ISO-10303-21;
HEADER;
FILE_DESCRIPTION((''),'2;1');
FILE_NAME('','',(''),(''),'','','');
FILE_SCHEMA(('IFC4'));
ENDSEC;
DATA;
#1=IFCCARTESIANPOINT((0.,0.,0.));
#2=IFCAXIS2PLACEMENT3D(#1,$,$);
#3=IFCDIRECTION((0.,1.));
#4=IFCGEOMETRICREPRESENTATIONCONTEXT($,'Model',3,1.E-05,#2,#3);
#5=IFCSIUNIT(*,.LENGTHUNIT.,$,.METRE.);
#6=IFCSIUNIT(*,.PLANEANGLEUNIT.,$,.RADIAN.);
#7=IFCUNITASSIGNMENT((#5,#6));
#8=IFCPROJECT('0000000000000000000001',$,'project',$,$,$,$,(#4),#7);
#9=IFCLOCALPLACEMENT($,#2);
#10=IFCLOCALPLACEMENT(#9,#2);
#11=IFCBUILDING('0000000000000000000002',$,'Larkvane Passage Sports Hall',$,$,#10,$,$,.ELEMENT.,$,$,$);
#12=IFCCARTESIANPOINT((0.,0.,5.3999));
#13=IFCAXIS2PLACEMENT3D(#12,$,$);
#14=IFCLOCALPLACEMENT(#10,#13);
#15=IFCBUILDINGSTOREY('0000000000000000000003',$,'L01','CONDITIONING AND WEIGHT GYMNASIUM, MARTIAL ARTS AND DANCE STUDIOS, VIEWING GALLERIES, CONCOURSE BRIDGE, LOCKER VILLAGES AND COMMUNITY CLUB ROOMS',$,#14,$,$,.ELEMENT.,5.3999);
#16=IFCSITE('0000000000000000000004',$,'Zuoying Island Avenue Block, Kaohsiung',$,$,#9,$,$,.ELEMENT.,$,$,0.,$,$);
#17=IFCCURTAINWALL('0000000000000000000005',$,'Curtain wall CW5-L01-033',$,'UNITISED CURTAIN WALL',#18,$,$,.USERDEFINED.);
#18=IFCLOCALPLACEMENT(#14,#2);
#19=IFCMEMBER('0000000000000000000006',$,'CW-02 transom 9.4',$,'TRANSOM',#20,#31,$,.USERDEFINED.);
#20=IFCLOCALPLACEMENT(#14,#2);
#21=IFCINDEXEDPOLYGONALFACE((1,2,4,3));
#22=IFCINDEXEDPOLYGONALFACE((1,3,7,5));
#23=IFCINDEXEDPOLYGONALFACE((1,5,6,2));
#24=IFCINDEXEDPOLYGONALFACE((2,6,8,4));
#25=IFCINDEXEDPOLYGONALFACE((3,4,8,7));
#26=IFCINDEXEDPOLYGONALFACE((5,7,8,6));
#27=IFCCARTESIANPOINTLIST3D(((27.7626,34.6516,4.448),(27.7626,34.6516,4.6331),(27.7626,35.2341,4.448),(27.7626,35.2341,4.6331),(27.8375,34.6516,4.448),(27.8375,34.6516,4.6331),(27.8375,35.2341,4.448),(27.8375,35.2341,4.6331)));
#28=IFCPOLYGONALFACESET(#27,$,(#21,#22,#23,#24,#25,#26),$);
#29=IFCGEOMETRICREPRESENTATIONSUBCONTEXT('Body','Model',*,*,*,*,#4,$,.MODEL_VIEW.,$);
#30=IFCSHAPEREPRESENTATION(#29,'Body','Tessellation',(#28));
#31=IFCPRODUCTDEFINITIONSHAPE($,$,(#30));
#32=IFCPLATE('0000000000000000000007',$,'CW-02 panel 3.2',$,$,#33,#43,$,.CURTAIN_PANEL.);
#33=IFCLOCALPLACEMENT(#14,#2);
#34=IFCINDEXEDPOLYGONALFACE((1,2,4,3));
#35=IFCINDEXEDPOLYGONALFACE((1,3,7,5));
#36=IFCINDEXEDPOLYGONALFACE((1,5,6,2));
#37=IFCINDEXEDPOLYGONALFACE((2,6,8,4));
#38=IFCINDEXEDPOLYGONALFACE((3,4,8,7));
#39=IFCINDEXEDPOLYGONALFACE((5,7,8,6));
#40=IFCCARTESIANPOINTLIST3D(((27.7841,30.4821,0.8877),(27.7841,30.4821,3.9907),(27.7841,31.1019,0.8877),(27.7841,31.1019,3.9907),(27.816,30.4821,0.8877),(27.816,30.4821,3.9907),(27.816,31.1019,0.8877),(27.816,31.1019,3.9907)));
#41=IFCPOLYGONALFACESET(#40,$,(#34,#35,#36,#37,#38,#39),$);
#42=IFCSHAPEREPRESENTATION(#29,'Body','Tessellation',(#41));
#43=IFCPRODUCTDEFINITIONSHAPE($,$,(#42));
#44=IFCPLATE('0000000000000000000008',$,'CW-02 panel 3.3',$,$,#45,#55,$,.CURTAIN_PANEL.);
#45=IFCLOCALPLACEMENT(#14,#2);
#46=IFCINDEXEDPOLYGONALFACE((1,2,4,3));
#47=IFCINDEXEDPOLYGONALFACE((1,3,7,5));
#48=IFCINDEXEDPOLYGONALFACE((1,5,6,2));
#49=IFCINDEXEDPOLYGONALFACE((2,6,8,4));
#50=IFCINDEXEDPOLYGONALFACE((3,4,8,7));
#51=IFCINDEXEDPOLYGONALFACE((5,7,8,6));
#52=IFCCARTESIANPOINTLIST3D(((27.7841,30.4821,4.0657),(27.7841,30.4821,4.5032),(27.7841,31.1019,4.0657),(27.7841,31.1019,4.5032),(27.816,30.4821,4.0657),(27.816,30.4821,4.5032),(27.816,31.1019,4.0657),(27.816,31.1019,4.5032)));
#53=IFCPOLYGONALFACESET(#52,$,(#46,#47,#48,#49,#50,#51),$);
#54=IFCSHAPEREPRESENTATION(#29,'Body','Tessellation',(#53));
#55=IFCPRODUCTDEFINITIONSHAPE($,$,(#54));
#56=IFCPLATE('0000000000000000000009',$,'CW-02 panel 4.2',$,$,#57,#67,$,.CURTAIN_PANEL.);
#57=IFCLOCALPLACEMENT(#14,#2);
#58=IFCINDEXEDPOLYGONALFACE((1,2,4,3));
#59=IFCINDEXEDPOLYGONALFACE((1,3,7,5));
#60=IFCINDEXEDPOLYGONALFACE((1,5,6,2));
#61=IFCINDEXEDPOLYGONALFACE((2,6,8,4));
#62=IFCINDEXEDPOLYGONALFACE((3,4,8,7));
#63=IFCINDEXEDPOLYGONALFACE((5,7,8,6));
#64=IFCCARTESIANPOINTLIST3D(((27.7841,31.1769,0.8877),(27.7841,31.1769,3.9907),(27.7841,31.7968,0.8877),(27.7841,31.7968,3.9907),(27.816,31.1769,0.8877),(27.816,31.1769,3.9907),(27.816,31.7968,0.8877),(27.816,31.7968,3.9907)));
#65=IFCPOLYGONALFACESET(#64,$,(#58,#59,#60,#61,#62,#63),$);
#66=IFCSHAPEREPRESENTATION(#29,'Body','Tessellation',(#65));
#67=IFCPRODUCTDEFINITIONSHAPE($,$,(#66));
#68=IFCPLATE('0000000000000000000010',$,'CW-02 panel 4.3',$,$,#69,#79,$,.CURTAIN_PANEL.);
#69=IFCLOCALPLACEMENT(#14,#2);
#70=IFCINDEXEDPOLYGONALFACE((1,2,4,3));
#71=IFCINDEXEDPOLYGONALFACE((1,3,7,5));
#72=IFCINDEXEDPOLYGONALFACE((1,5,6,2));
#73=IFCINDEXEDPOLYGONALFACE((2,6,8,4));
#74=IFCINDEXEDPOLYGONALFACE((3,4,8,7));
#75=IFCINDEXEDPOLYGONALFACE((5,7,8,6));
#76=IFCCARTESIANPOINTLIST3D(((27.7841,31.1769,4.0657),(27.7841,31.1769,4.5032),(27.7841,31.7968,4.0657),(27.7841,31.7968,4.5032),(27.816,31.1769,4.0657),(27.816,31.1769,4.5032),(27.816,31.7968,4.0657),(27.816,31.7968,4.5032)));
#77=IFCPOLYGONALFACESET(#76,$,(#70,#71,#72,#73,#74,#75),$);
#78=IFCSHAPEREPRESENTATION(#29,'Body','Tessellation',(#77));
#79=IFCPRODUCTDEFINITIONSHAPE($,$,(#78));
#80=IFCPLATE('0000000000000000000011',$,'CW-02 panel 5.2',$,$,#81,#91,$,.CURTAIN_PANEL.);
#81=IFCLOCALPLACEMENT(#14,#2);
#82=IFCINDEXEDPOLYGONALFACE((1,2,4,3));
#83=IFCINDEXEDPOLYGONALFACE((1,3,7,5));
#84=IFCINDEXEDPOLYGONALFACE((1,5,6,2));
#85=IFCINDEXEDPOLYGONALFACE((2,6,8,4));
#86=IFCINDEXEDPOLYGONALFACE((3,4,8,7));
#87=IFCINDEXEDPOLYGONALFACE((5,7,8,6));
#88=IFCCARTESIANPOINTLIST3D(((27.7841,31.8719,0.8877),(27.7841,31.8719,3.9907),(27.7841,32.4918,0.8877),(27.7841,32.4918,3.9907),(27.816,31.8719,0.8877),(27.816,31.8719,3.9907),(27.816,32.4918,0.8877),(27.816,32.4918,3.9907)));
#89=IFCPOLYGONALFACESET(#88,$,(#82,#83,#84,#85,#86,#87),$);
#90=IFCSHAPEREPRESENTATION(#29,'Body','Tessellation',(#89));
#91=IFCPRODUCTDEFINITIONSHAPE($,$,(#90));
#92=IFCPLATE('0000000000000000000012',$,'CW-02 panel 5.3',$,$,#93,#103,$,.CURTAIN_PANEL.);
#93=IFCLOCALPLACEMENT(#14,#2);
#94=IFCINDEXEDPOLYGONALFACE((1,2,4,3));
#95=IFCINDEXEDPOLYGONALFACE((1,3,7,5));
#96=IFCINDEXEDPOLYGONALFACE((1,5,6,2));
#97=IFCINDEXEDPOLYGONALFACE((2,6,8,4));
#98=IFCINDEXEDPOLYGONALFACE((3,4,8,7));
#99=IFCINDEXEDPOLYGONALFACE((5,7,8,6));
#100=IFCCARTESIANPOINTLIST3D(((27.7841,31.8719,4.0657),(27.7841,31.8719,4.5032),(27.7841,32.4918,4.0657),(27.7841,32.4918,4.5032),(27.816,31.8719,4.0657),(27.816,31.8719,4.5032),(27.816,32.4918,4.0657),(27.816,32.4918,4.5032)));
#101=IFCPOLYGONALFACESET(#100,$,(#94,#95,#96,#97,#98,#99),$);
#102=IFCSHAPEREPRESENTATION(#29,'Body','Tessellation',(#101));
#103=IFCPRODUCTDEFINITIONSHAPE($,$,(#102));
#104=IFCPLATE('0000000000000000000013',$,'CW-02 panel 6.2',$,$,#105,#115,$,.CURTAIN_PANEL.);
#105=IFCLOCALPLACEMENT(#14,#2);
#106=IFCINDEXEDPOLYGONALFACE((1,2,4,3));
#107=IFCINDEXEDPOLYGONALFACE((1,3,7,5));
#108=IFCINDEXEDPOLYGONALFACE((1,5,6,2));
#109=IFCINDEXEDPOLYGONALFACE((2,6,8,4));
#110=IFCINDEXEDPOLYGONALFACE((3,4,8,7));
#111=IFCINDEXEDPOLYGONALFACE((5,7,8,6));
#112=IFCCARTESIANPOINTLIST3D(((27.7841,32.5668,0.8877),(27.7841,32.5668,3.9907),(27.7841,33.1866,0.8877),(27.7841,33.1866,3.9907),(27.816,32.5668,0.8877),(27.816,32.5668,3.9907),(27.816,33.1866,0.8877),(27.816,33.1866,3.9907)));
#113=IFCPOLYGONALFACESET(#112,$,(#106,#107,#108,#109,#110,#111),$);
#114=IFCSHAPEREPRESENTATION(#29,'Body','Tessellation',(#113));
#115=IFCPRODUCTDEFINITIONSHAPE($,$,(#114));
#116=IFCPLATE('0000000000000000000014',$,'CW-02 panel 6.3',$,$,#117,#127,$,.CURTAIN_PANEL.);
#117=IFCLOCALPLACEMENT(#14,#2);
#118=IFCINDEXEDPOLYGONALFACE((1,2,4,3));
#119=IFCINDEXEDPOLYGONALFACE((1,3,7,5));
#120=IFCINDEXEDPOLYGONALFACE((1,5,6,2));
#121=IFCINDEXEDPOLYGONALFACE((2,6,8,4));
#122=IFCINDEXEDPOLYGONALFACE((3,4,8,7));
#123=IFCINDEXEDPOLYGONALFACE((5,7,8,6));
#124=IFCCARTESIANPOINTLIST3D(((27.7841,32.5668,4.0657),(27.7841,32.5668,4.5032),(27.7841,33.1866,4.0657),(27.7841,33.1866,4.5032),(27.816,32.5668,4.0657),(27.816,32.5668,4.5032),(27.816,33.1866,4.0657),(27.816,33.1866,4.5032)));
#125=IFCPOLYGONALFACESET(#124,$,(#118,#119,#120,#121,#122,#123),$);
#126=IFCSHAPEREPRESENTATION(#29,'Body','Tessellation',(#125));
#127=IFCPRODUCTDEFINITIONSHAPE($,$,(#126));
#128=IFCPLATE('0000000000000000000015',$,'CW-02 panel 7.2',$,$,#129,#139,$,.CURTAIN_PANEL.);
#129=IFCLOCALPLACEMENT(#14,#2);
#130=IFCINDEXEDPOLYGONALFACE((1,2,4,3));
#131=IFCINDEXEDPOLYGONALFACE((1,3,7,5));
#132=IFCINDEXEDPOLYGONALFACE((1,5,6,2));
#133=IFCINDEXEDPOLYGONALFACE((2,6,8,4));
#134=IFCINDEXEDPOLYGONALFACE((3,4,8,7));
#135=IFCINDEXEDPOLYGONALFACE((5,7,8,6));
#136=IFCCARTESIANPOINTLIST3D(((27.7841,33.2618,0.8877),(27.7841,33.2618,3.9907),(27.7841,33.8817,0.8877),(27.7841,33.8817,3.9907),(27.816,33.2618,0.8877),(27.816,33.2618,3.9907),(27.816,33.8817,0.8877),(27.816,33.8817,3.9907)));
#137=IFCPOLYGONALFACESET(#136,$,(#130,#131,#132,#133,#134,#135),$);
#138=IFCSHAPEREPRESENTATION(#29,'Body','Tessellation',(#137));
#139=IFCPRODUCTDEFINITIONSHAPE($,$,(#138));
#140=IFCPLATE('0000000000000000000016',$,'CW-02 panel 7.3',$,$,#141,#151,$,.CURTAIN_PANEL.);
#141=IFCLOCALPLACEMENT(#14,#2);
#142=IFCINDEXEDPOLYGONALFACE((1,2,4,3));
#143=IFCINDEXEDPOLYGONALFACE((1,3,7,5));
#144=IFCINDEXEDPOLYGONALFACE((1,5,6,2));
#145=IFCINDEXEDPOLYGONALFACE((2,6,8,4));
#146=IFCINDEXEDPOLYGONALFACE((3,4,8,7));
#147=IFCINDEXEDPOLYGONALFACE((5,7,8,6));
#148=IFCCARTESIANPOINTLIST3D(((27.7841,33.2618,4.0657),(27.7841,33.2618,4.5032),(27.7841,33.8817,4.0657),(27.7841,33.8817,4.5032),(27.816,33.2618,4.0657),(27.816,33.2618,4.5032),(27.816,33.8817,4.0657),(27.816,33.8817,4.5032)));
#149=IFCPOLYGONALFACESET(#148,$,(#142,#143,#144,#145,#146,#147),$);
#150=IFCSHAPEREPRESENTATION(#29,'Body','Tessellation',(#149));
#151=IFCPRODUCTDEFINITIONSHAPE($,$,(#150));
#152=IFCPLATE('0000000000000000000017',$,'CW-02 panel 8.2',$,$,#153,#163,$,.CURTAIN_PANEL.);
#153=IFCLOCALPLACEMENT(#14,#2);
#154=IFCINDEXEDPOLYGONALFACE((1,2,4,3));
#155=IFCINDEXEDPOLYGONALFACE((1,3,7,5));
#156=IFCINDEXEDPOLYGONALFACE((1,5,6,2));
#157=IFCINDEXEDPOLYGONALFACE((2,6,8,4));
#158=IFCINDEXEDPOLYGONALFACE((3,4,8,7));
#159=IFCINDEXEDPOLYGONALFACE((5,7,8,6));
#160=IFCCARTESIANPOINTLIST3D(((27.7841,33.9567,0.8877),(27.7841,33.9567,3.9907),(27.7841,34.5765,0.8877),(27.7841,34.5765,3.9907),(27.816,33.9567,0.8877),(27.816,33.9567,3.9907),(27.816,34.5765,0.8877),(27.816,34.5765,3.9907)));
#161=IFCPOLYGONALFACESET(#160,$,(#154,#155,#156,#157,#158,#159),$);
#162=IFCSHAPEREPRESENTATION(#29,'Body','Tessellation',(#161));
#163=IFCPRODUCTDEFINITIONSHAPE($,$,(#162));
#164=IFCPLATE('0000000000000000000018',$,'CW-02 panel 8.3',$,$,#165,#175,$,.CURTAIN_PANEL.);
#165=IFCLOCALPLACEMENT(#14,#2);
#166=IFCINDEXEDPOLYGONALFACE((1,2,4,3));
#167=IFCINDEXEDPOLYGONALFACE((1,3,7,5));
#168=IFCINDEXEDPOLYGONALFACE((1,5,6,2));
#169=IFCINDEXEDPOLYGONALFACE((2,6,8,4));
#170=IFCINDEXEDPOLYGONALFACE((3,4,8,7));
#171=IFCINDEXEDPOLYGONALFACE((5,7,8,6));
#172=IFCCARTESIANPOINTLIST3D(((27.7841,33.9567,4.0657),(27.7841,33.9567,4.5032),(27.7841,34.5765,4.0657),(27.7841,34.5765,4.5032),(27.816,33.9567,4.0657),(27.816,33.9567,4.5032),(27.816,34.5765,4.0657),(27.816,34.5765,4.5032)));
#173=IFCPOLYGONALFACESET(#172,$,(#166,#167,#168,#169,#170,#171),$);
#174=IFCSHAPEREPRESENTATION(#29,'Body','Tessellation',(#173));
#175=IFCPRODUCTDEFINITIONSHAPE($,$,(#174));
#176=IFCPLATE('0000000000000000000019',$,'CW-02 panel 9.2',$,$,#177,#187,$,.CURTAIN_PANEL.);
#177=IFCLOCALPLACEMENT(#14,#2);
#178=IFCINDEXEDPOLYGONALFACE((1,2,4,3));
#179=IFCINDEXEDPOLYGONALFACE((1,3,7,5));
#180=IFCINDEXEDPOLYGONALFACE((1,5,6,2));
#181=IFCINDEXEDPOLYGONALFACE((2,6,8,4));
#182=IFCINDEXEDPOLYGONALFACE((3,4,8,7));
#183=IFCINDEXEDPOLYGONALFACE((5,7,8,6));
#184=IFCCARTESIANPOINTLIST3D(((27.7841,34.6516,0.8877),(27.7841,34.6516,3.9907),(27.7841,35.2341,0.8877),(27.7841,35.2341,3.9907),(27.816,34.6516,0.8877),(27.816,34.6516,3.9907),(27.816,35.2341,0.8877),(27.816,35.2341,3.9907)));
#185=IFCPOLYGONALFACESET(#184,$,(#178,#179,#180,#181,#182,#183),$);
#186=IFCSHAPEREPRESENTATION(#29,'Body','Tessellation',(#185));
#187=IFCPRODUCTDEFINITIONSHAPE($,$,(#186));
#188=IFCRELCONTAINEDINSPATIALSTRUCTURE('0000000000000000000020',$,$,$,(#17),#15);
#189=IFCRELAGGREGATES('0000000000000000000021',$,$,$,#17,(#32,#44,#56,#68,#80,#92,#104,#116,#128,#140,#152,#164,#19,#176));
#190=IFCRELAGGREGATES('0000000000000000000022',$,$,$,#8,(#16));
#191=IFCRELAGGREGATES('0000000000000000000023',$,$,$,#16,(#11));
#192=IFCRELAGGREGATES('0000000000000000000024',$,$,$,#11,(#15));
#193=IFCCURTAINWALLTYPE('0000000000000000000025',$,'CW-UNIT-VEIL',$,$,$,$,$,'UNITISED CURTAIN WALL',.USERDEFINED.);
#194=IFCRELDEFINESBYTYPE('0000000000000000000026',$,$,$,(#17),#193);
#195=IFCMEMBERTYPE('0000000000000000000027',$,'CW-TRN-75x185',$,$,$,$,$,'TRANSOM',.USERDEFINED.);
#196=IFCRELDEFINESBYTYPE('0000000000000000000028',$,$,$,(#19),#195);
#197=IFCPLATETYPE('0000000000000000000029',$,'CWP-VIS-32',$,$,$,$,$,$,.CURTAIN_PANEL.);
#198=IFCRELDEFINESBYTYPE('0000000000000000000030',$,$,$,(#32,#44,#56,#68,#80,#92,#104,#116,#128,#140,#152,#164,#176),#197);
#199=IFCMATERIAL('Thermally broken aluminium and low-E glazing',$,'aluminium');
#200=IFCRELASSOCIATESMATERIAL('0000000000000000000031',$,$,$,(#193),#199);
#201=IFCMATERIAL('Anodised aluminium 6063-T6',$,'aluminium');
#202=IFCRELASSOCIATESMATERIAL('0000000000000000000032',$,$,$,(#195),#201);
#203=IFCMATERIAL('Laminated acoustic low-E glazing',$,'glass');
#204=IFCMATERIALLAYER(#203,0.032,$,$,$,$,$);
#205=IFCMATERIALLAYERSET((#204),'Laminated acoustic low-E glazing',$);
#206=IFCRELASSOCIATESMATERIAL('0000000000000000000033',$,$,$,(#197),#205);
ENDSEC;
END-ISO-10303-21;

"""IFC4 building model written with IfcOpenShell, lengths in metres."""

from ifc_helpers import new_model, si_unit, direction, frame, origin, origin_2d, place, context, subcontext, project, spatial, rectangle, extrude, material, layer, layer_set, material_profile, profile_set, type_object, element, aggregate, save


model = new_model("IFC4")

# Units and contexts
model_context = context("Model", 3, precision=1e-05, world=origin(), true_north=direction((0.0, 1.0)))
body_context = subcontext(model_context, "Body", "Model", "MODEL_VIEW")
ifc_project = project(units=[si_unit("LENGTHUNIT", "METRE"), si_unit("PLANEANGLEUNIT", "RADIAN")], contexts=[model_context])

# Site, building, storey
site_placement = place(None, origin())
site = spatial("IfcSite", under=ifc_project, at=site_placement, Name="Zuoying Island Avenue Block, Kaohsiung", CompositionType="ELEMENT", RefElevation=0.0)
building_placement = place(site_placement, origin())
building = spatial("IfcBuilding", under=site, at=building_placement, Name="Larkvane Passage Sports Hall", CompositionType="ELEMENT")
storey_placement = place(building_placement, frame((0.0, 0.0, 5.3999)))
storey = spatial("IfcBuildingStorey", under=building, at=storey_placement, Name="L01", Description="CONDITIONING AND WEIGHT GYMNASIUM, MARTIAL ARTS AND DANCE STUDIOS, VIEWING GALLERIES, CONCOURSE BRIDGE, LOCKER VILLAGES AND COMMUNITY CLUB ROOMS", CompositionType="ELEMENT", Elevation=5.3999)

# Curtain wall, member, plates
ifc_material_1 = material(Name="Thermally broken aluminium and low-E glazing", Category="aluminium")
curtain_wall_type = type_object("IfcCurtainWallType", Name="CW-UNIT-VEIL", ElementType="UNITISED CURTAIN WALL", PredefinedType="USERDEFINED", material=ifc_material_1)
curtain_wall_placement = place(storey_placement, origin())
curtain_wall = element("IfcCurtainWall", 1, at=curtain_wall_placement, inside=storey, type_object=curtain_wall_type, Name="Curtain wall CW5-L01-033", ObjectType="UNITISED CURTAIN WALL", PredefinedType="USERDEFINED")
ifc_material_2 = material(Name="Anodised aluminium 6063-T6", Category="aluminium")
ifc_material_profile = material_profile(ifc_material_2, rectangle(XDim=0.075, YDim=0.1851, at=origin_2d()), Name="ALU-TRN-75x185")
ifc_profile_set = profile_set([ifc_material_profile], Name="Anodised aluminium 6063-T6")
member_type = type_object("IfcMemberType", Name="CW-TRN-75x185", ElementType="TRANSOM", PredefinedType="USERDEFINED", material=ifc_profile_set)
member_1_placement = place(storey_placement, frame((27.8, 34.6516, 4.5405), z_axis=(0.0, 1.0, 0.0), x_axis=(-1.0, 0.0, 0.0)))
member_1 = element("IfcMember", 2, at=member_1_placement, type_object=member_type, Name="CW-02 transom 9.4", ObjectType="TRANSOM", PredefinedType="USERDEFINED", context=body_context, shape_type="SweptSolid", body=[
    extrude(rectangle(XDim=0.075, YDim=0.1851, at=origin_2d()), origin(), (0.0, 0.0, 1.0), 0.5825),
])
ifc_material_3 = material(Name="Laminated acoustic low-E glazing", Category="glass")
ifc_layer = layer(ifc_material_3, 0.032)
ifc_layer_set = layer_set([ifc_layer], Name="Laminated acoustic low-E glazing")
plate_type = type_object("IfcPlateType", Name="CWP-VIS-32", PredefinedType="CURTAIN_PANEL", material=ifc_layer_set)
plate_1_placement = place(storey_placement, frame((27.8, 30.792, 0.8877), z_axis=(0.0, 0.0, 1.0), x_axis=(0.0, 1.0, 0.0)))
plate_1 = element("IfcPlate", 3, at=plate_1_placement, type_object=plate_type, Name="CW-02 panel 3.2", PredefinedType="CURTAIN_PANEL", context=body_context, shape_type="SweptSolid", body=[
    extrude(rectangle(XDim=0.6199, YDim=0.032, at=origin_2d()), origin(), (0.0, 0.0, 1.0), 3.103),
])
plate_2_placement = place(storey_placement, frame((27.8, 30.792, 4.0657), z_axis=(0.0, 0.0, 1.0), x_axis=(0.0, 1.0, 0.0)))
plate_2 = element("IfcPlate", 4, at=plate_2_placement, type_object=plate_type, Name="CW-02 panel 3.3", PredefinedType="CURTAIN_PANEL", context=body_context, shape_type="SweptSolid", body=[
    extrude(rectangle(XDim=0.6199, YDim=0.032, at=origin_2d()), origin(), (0.0, 0.0, 1.0), 0.4375),
])
plate_3_placement = place(storey_placement, frame((27.8, 31.4868, 0.8877), z_axis=(0.0, 0.0, 1.0), x_axis=(0.0, 1.0, 0.0)))
plate_3 = element("IfcPlate", 5, at=plate_3_placement, type_object=plate_type, Name="CW-02 panel 4.2", PredefinedType="CURTAIN_PANEL", context=body_context, shape_type="SweptSolid", body=[
    extrude(rectangle(XDim=0.6199, YDim=0.032, at=origin_2d()), origin(), (0.0, 0.0, 1.0), 3.103),
])
plate_4_placement = place(storey_placement, frame((27.8, 31.4868, 4.0657), z_axis=(0.0, 0.0, 1.0), x_axis=(0.0, 1.0, 0.0)))
plate_4 = element("IfcPlate", 6, at=plate_4_placement, type_object=plate_type, Name="CW-02 panel 4.3", PredefinedType="CURTAIN_PANEL", context=body_context, shape_type="SweptSolid", body=[
    extrude(rectangle(XDim=0.6199, YDim=0.032, at=origin_2d()), origin(), (0.0, 0.0, 1.0), 0.4375),
])
plate_5_placement = place(storey_placement, frame((27.8, 32.1819, 0.8877), z_axis=(0.0, 0.0, 1.0), x_axis=(0.0, 1.0, 0.0)))
plate_5 = element("IfcPlate", 7, at=plate_5_placement, type_object=plate_type, Name="CW-02 panel 5.2", PredefinedType="CURTAIN_PANEL", context=body_context, shape_type="SweptSolid", body=[
    extrude(rectangle(XDim=0.6199, YDim=0.032, at=origin_2d()), origin(), (0.0, 0.0, 1.0), 3.103),
])
plate_6_placement = place(storey_placement, frame((27.8, 32.1819, 4.0657), z_axis=(0.0, 0.0, 1.0), x_axis=(0.0, 1.0, 0.0)))
plate_6 = element("IfcPlate", 8, at=plate_6_placement, type_object=plate_type, Name="CW-02 panel 5.3", PredefinedType="CURTAIN_PANEL", context=body_context, shape_type="SweptSolid", body=[
    extrude(rectangle(XDim=0.6199, YDim=0.032, at=origin_2d()), origin(), (0.0, 0.0, 1.0), 0.4375),
])
plate_7_placement = place(storey_placement, frame((27.8, 32.8767, 0.8877), z_axis=(0.0, 0.0, 1.0), x_axis=(0.0, 1.0, 0.0)))
plate_7 = element("IfcPlate", 9, at=plate_7_placement, type_object=plate_type, Name="CW-02 panel 6.2", PredefinedType="CURTAIN_PANEL", context=body_context, shape_type="SweptSolid", body=[
    extrude(rectangle(XDim=0.6199, YDim=0.032, at=origin_2d()), origin(), (0.0, 0.0, 1.0), 3.103),
])
plate_8_placement = place(storey_placement, frame((27.8, 32.8767, 4.0657), z_axis=(0.0, 0.0, 1.0), x_axis=(0.0, 1.0, 0.0)))
plate_8 = element("IfcPlate", 10, at=plate_8_placement, type_object=plate_type, Name="CW-02 panel 6.3", PredefinedType="CURTAIN_PANEL", context=body_context, shape_type="SweptSolid", body=[
    extrude(rectangle(XDim=0.6199, YDim=0.032, at=origin_2d()), origin(), (0.0, 0.0, 1.0), 0.4375),
])
plate_9_placement = place(storey_placement, frame((27.8, 33.5718, 0.8877), z_axis=(0.0, 0.0, 1.0), x_axis=(0.0, 1.0, 0.0)))
plate_9 = element("IfcPlate", 11, at=plate_9_placement, type_object=plate_type, Name="CW-02 panel 7.2", PredefinedType="CURTAIN_PANEL", context=body_context, shape_type="SweptSolid", body=[
    extrude(rectangle(XDim=0.6199, YDim=0.032, at=origin_2d()), origin(), (0.0, 0.0, 1.0), 3.103),
])
plate_10_placement = place(storey_placement, frame((27.8, 33.5718, 4.0657), z_axis=(0.0, 0.0, 1.0), x_axis=(0.0, 1.0, 0.0)))
plate_10 = element("IfcPlate", 12, at=plate_10_placement, type_object=plate_type, Name="CW-02 panel 7.3", PredefinedType="CURTAIN_PANEL", context=body_context, shape_type="SweptSolid", body=[
    extrude(rectangle(XDim=0.6199, YDim=0.032, at=origin_2d()), origin(), (0.0, 0.0, 1.0), 0.4375),
])
plate_11_placement = place(storey_placement, frame((27.8, 34.2666, 0.8877), z_axis=(0.0, 0.0, 1.0), x_axis=(0.0, 1.0, 0.0)))
plate_11 = element("IfcPlate", 13, at=plate_11_placement, type_object=plate_type, Name="CW-02 panel 8.2", PredefinedType="CURTAIN_PANEL", context=body_context, shape_type="SweptSolid", body=[
    extrude(rectangle(XDim=0.6199, YDim=0.032, at=origin_2d()), origin(), (0.0, 0.0, 1.0), 3.103),
])
plate_12_placement = place(storey_placement, frame((27.8, 34.2666, 4.0657), z_axis=(0.0, 0.0, 1.0), x_axis=(0.0, 1.0, 0.0)))
plate_12 = element("IfcPlate", 14, at=plate_12_placement, type_object=plate_type, Name="CW-02 panel 8.3", PredefinedType="CURTAIN_PANEL", context=body_context, shape_type="SweptSolid", body=[
    extrude(rectangle(XDim=0.6199, YDim=0.032, at=origin_2d()), origin(), (0.0, 0.0, 1.0), 0.4375),
])
plate_13_placement = place(storey_placement, frame((27.8, 34.9429, 0.8877), z_axis=(0.0, 0.0, 1.0), x_axis=(0.0, 1.0, 0.0)))
plate_13 = element("IfcPlate", 15, at=plate_13_placement, type_object=plate_type, Name="CW-02 panel 9.2", PredefinedType="CURTAIN_PANEL", context=body_context, shape_type="SweptSolid", body=[
    extrude(rectangle(XDim=0.5825, YDim=0.032, at=origin_2d()), origin(), (0.0, 0.0, 1.0), 3.103),
])
aggregate(curtain_wall, [plate_1, plate_2, plate_3, plate_4, plate_5, plate_6, plate_7, plate_8, plate_9, plate_10, plate_11, plate_12, member_1, plate_13])

save(model, "model.ifc")
